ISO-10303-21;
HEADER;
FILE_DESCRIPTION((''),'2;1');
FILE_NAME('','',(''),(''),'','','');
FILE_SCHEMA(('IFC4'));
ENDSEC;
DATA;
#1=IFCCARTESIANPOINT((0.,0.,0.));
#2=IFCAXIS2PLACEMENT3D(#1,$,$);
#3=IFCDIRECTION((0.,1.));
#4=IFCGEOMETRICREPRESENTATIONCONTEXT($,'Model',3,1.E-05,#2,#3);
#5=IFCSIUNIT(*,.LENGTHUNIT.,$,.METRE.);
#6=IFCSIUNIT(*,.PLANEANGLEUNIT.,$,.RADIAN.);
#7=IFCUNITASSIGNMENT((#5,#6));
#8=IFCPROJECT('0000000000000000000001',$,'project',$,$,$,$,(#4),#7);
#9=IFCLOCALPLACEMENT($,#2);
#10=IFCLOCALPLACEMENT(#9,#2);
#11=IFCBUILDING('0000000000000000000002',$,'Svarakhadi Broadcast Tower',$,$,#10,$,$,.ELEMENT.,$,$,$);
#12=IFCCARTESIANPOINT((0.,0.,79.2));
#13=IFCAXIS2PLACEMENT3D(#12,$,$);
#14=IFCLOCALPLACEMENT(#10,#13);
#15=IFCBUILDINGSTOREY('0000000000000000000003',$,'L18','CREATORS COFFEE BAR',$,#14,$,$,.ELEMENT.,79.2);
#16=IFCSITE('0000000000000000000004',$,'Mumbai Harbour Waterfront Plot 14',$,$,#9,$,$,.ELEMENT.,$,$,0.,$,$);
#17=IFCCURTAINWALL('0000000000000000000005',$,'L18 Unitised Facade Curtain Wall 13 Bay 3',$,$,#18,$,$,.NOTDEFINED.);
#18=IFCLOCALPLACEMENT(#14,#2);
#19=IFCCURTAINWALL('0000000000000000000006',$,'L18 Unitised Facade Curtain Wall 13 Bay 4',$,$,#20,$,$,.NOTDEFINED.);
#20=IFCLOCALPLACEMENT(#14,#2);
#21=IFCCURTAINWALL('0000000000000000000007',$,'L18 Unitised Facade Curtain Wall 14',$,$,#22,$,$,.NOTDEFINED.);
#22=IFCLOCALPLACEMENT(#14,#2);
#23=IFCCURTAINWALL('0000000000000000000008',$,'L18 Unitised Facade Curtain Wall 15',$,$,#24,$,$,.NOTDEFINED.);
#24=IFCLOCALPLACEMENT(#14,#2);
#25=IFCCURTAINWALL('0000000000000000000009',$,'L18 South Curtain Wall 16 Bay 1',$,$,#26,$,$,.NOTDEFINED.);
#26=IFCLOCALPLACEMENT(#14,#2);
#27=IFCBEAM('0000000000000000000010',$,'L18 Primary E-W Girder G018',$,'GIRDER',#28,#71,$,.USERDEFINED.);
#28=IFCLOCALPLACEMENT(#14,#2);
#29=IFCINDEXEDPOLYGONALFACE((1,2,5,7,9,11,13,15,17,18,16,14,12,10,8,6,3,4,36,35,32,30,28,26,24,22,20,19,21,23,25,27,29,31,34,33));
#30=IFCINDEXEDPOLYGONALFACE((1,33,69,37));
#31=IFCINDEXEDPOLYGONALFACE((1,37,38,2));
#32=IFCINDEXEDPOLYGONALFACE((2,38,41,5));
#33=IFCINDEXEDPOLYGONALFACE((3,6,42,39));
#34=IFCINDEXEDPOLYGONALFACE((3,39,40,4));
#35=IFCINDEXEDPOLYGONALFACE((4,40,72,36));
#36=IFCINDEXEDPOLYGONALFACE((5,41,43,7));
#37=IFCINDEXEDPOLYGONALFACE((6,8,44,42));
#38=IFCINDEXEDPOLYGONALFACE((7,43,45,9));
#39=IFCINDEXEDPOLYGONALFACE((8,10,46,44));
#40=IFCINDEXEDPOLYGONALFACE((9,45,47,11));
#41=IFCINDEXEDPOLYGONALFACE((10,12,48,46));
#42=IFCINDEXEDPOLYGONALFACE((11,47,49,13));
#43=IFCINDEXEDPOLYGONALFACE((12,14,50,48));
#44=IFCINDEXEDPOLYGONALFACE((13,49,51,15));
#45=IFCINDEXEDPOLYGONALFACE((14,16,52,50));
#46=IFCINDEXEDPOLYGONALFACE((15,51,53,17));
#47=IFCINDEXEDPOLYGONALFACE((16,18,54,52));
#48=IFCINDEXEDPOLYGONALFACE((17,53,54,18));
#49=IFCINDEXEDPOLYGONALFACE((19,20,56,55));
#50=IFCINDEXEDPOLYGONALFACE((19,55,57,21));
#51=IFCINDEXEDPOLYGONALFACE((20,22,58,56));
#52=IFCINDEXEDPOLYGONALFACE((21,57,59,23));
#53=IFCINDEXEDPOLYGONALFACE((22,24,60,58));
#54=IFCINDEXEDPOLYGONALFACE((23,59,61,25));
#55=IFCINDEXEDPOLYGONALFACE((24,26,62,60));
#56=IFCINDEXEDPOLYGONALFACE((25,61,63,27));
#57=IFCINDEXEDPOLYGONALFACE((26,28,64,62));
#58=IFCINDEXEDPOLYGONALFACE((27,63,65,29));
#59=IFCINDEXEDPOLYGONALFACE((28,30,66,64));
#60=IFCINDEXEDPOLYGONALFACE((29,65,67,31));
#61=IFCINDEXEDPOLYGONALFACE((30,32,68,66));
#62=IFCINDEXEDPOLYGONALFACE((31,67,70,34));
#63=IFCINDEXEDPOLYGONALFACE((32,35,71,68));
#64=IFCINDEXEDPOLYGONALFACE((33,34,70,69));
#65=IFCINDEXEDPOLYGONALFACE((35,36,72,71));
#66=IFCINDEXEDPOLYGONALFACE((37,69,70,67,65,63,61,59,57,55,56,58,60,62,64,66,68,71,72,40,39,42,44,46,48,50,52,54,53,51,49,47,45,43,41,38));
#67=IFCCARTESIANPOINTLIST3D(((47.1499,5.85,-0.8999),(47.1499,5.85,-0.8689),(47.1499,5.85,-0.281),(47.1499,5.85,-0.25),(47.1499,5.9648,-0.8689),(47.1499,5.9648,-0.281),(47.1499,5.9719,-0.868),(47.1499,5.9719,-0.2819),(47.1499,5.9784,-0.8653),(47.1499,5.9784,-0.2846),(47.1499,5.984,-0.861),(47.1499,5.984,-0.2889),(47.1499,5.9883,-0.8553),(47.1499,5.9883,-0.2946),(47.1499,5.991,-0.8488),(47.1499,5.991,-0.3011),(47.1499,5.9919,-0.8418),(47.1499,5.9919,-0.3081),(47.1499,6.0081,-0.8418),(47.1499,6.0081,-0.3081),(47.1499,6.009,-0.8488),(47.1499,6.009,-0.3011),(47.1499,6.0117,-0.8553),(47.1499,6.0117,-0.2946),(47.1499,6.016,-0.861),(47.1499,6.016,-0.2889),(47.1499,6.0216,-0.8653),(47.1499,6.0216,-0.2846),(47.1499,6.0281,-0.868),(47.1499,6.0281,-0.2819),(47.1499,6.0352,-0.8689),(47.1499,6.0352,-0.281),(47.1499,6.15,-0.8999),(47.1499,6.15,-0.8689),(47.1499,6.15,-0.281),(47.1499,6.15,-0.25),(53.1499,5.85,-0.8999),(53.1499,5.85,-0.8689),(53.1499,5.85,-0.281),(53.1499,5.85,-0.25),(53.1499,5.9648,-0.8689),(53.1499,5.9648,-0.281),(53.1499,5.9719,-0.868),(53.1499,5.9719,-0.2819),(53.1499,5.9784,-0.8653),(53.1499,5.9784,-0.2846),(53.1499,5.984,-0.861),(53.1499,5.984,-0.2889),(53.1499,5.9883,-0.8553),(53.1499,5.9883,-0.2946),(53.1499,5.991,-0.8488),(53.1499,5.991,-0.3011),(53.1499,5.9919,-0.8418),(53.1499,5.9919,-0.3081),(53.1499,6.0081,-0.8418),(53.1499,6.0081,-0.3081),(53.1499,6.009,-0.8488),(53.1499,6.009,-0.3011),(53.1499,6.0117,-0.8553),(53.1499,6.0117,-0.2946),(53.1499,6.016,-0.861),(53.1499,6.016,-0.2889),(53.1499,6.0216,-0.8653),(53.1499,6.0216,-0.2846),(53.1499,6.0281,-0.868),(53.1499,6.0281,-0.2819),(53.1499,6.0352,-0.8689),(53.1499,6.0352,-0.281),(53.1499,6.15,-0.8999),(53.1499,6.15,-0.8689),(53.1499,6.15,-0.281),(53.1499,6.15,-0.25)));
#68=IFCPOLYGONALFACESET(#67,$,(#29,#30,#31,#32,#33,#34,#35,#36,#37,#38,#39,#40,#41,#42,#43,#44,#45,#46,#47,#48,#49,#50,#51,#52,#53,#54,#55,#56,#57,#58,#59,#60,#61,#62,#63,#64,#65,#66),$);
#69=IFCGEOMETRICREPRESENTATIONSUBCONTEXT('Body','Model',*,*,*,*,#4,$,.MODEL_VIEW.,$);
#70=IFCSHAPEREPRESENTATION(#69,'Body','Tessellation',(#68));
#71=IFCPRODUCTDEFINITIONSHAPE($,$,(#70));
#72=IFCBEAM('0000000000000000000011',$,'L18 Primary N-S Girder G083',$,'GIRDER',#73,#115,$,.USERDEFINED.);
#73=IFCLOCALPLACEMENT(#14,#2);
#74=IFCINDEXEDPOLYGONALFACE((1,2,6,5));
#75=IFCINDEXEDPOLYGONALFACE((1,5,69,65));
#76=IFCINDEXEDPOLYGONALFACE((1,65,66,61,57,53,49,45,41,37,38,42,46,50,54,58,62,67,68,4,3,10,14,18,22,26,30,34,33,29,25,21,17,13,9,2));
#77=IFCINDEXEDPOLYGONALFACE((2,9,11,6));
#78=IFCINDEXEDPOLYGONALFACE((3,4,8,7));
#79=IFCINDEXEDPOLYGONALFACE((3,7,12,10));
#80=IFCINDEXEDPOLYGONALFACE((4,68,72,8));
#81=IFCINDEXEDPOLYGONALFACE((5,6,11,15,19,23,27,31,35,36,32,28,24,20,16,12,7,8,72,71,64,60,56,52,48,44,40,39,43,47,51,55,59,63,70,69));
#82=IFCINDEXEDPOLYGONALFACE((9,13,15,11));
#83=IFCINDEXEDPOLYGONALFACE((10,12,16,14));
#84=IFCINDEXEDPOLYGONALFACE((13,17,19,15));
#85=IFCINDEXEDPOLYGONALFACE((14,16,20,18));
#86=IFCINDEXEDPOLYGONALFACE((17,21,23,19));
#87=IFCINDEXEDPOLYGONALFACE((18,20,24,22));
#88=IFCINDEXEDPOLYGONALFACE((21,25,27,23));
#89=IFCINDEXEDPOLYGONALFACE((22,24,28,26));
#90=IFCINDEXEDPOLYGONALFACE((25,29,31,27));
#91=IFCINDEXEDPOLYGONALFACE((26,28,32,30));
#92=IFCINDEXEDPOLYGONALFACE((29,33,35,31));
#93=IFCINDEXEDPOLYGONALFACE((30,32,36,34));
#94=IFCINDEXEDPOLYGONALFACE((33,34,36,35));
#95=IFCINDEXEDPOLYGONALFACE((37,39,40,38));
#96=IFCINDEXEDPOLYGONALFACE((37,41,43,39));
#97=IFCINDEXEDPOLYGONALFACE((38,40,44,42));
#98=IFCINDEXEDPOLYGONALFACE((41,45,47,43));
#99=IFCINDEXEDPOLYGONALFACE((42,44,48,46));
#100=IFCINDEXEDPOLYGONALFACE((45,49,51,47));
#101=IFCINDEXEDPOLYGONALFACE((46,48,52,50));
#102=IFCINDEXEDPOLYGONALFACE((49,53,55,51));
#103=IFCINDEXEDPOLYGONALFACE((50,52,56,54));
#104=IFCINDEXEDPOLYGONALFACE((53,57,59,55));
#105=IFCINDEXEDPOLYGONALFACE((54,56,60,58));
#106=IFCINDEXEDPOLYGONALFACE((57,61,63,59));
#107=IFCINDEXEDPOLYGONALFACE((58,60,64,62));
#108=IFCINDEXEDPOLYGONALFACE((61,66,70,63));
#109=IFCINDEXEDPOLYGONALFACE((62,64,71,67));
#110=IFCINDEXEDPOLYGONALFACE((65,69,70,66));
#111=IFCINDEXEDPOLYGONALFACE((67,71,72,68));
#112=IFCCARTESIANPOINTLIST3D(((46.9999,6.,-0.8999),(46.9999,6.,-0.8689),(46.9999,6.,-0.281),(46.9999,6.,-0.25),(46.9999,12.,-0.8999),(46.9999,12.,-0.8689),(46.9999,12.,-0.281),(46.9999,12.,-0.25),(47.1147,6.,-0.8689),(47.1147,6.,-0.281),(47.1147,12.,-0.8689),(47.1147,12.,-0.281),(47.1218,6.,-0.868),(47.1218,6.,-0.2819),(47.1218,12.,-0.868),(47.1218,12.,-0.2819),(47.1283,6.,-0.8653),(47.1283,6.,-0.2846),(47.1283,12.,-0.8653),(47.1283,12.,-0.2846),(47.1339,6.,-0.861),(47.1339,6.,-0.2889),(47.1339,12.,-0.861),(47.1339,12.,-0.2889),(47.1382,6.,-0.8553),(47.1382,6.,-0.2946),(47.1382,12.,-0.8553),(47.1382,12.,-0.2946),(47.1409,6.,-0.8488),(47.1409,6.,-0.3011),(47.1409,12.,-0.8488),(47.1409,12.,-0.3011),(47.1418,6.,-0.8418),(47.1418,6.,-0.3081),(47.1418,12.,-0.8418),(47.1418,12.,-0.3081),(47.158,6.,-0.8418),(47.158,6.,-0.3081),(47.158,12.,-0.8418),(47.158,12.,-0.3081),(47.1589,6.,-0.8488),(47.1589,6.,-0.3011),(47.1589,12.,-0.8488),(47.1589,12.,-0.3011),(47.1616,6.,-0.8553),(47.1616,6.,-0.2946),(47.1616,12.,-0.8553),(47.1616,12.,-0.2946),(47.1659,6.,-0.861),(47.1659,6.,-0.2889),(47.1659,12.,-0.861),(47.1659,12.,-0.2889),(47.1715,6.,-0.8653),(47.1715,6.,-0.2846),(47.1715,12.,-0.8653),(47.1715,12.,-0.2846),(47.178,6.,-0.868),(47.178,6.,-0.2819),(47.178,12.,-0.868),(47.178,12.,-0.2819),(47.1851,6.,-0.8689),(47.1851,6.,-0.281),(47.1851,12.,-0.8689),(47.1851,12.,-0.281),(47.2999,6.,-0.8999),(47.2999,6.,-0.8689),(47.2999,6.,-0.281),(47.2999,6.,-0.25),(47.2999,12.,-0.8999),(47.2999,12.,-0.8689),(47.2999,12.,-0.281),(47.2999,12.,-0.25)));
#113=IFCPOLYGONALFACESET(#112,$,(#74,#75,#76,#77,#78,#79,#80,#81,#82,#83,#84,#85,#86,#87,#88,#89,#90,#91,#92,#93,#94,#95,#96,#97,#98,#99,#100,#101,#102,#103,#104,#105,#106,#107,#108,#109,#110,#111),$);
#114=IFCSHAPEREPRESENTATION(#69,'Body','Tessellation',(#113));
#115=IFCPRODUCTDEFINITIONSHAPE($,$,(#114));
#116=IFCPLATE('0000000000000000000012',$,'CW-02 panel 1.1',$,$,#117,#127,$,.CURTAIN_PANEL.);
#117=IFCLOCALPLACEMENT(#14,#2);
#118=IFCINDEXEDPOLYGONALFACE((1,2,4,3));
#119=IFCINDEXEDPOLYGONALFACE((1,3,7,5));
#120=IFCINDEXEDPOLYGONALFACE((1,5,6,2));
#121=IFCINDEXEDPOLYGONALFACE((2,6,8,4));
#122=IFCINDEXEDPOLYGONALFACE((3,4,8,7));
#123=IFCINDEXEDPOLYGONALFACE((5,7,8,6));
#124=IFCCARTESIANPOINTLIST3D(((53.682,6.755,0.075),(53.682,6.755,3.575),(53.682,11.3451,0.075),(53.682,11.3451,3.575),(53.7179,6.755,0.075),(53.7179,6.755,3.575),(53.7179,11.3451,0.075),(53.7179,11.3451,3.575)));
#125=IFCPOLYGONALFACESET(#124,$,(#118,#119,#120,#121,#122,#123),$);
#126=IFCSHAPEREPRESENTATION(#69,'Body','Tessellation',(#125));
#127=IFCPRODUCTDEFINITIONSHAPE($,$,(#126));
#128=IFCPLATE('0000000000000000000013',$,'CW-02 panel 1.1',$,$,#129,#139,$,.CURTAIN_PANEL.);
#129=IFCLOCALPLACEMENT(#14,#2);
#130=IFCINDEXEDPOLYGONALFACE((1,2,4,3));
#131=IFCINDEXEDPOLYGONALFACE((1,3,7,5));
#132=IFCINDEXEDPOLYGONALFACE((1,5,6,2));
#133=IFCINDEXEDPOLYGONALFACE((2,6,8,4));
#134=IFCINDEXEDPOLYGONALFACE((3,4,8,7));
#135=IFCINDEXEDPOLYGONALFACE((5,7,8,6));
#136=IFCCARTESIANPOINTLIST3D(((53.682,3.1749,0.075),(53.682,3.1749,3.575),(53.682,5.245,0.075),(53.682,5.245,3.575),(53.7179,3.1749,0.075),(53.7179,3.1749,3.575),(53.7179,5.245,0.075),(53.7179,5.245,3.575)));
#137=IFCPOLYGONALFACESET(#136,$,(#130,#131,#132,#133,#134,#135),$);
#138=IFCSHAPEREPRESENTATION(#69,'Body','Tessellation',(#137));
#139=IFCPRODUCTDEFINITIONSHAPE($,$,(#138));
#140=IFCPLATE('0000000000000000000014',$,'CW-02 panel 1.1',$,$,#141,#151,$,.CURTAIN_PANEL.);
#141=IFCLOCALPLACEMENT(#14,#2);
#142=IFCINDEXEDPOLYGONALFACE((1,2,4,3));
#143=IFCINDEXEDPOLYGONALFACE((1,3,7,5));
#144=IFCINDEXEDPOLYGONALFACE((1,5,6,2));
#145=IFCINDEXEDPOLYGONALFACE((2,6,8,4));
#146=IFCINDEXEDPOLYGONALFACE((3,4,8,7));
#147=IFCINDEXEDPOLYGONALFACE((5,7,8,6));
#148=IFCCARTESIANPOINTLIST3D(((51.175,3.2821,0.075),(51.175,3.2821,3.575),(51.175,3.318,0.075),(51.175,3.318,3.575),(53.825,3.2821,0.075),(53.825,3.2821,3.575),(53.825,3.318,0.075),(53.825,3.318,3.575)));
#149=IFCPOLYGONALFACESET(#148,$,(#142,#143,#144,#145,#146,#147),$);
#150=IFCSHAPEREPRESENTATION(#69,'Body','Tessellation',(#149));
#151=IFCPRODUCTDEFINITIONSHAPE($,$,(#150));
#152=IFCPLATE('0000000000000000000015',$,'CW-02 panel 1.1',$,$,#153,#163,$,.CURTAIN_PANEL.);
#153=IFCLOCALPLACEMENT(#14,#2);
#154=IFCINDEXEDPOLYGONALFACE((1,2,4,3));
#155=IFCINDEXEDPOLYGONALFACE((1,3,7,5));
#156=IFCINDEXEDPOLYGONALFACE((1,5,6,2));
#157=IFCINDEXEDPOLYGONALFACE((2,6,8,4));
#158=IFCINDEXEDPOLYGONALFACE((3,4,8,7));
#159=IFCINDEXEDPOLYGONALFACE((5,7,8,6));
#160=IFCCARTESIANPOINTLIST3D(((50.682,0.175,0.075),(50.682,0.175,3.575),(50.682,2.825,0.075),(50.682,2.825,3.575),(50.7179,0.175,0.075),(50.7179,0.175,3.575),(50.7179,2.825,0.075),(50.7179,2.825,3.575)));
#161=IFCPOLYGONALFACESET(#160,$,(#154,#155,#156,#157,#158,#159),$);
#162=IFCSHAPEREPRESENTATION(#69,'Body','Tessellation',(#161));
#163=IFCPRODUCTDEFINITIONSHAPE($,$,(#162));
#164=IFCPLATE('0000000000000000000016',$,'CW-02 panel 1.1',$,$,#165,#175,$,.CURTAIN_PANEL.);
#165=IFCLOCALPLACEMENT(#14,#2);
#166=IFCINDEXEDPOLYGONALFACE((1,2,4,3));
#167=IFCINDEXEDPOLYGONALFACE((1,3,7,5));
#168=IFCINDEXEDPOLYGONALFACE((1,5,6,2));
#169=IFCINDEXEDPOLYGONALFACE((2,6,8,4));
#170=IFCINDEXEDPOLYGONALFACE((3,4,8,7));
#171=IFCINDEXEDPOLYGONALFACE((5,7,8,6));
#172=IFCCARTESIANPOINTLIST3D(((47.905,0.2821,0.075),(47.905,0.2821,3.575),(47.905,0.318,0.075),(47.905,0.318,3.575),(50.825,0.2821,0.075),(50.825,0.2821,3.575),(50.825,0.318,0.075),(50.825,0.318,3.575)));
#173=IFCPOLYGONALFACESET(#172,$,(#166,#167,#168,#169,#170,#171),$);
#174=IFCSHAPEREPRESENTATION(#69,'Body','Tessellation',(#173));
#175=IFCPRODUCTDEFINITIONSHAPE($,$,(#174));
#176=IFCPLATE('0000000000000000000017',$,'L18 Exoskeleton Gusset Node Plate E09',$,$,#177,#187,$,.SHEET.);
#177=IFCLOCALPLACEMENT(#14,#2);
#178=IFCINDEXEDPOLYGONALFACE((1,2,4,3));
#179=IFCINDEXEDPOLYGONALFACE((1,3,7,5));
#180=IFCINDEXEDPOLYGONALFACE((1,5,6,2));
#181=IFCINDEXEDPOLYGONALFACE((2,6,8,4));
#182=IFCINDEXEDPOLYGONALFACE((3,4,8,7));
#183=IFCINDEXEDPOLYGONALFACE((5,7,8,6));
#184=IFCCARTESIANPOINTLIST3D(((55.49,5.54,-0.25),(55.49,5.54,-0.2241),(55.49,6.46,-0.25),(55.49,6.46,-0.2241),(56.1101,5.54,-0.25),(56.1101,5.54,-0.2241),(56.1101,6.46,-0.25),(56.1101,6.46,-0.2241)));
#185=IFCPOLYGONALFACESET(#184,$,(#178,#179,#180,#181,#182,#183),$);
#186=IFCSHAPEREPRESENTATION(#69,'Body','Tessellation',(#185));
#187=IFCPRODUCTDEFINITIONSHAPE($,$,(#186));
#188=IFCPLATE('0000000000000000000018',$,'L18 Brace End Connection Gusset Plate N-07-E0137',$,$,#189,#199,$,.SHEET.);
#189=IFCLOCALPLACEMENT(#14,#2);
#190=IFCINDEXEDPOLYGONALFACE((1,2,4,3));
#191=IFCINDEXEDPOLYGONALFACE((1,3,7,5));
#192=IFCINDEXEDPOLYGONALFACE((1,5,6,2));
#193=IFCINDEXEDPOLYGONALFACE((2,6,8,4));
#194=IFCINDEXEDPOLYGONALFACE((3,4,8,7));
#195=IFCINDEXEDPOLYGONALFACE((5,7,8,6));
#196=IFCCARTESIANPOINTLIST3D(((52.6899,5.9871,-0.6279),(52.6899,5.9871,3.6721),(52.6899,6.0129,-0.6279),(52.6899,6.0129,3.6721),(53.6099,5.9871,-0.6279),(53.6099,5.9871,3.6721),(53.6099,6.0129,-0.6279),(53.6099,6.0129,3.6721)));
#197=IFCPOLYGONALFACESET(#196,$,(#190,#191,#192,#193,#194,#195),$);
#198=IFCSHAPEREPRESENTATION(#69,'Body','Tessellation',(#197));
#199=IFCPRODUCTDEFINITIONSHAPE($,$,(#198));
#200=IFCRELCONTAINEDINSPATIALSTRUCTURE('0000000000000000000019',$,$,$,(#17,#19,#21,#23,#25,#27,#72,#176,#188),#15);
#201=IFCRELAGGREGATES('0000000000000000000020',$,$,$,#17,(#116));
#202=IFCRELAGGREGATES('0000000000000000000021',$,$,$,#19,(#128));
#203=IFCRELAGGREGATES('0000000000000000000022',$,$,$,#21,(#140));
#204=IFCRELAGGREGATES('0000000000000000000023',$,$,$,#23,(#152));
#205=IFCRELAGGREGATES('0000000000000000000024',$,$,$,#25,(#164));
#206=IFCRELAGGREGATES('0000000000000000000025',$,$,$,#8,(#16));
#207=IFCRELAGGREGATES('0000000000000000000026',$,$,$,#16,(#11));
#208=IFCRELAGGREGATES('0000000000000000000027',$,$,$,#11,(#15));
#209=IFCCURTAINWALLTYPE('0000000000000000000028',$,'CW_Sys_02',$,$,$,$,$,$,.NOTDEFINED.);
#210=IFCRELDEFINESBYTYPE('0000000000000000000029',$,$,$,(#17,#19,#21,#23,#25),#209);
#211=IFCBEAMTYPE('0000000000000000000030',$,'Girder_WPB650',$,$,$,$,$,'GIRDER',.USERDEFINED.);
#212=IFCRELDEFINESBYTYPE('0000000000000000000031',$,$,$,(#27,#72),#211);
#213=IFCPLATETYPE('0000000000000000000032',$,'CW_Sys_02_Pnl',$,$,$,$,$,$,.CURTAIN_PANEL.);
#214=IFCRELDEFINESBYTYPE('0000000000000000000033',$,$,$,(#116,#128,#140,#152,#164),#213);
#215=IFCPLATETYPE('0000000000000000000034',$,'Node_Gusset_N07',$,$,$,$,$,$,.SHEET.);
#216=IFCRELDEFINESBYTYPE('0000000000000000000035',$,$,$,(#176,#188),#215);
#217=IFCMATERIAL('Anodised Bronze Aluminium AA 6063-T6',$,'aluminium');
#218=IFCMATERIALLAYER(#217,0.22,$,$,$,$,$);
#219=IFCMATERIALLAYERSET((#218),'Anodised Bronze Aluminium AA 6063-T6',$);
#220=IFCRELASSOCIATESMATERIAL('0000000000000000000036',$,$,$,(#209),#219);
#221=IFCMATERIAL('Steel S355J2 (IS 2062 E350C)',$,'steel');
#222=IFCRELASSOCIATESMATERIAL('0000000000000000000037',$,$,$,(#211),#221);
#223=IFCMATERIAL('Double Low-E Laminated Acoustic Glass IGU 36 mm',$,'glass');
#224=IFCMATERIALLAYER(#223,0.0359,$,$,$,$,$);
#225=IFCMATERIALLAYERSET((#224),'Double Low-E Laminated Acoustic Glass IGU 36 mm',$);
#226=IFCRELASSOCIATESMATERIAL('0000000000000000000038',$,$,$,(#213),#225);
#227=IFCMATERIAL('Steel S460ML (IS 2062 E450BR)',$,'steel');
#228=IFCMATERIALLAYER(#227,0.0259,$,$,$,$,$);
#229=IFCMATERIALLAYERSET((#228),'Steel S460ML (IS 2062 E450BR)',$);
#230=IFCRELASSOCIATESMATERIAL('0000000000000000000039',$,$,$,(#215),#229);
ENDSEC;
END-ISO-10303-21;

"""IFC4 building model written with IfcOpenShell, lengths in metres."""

from ifc_helpers import new_model, si_unit, direction, frame, origin, origin_2d, place, context, subcontext, project, spatial, rectangle, i_section, extrude, material, layer, layer_set, material_profile, profile_set, type_object, element, aggregate, save


model = new_model("IFC4")

# Units and contexts
model_context = context("Model", 3, precision=1e-05, world=origin(), true_north=direction((0.0, 1.0)))
body_context = subcontext(model_context, "Body", "Model", "MODEL_VIEW")
ifc_project = project(units=[si_unit("LENGTHUNIT", "METRE"), si_unit("PLANEANGLEUNIT", "RADIAN")], contexts=[model_context])

# Site, building, storey
site_placement = place(None, origin())
site = spatial("IfcSite", under=ifc_project, at=site_placement, Name="Mumbai Harbour Waterfront Plot 14", CompositionType="ELEMENT", RefElevation=0.0)
building_placement = place(site_placement, origin())
building = spatial("IfcBuilding", under=site, at=building_placement, Name="Svarakhadi Broadcast Tower", CompositionType="ELEMENT")
storey_placement = place(building_placement, frame((0.0, 0.0, 79.2)))
storey = spatial("IfcBuildingStorey", under=building, at=storey_placement, Name="L18", Description="CREATORS COFFEE BAR", CompositionType="ELEMENT", Elevation=79.2)

# Shared definitions
ifc_material_1 = material(Name="Steel S460ML (IS 2062 E450BR)", Category="steel")

# Curtain walls
ifc_material_2 = material(Name="Anodised Bronze Aluminium AA 6063-T6", Category="aluminium")
ifc_layer_1 = layer(ifc_material_2, 0.22)
ifc_layer_set_1 = layer_set([ifc_layer_1], Name="Anodised Bronze Aluminium AA 6063-T6")
curtain_wall_type = type_object("IfcCurtainWallType", Name="CW_Sys_02", PredefinedType="NOTDEFINED", material=ifc_layer_set_1)
curtain_wall_1_placement = place(storey_placement, origin())
curtain_wall_1 = element("IfcCurtainWall", 1, at=curtain_wall_1_placement, inside=storey, type_object=curtain_wall_type, Name="L18 Unitised Facade Curtain Wall 13 Bay 3", PredefinedType="NOTDEFINED")
curtain_wall_2_placement = place(storey_placement, origin())
curtain_wall_2 = element("IfcCurtainWall", 2, at=curtain_wall_2_placement, inside=storey, type_object=curtain_wall_type, Name="L18 Unitised Facade Curtain Wall 13 Bay 4", PredefinedType="NOTDEFINED")
curtain_wall_3_placement = place(storey_placement, origin())
curtain_wall_3 = element("IfcCurtainWall", 3, at=curtain_wall_3_placement, inside=storey, type_object=curtain_wall_type, Name="L18 Unitised Facade Curtain Wall 14", PredefinedType="NOTDEFINED")
curtain_wall_4_placement = place(storey_placement, origin())
curtain_wall_4 = element("IfcCurtainWall", 4, at=curtain_wall_4_placement, inside=storey, type_object=curtain_wall_type, Name="L18 Unitised Facade Curtain Wall 15", PredefinedType="NOTDEFINED")
curtain_wall_5_placement = place(storey_placement, origin())
curtain_wall_5 = element("IfcCurtainWall", 5, at=curtain_wall_5_placement, inside=storey, type_object=curtain_wall_type, Name="L18 South Curtain Wall 16 Bay 1", PredefinedType="NOTDEFINED")

# Beams
ifc_material_3 = material(Name="Steel S355J2 (IS 2062 E350C)", Category="steel")
ifc_material_profile_1 = material_profile(ifc_material_3, i_section(OverallWidth=0.3, OverallDepth=0.6499, WebThickness=0.0161, FlangeThickness=0.031, FilletRadius=0.0271, at=origin_2d()), Name="WPB 650x300x225")
ifc_profile_set_1 = profile_set([ifc_material_profile_1], Name="Steel S355J2 (IS 2062 E350C)")
beam_type = type_object("IfcBeamType", Name="Girder_WPB650", ElementType="GIRDER", PredefinedType="USERDEFINED", material=ifc_profile_set_1)
for number, where, z_axis, x_axis, name in (
    (6, (47.1499, 6.0, -0.575), (1.0, 0.0, 0.0), (0.0, 1.0, 0.0), "L18 Primary E-W Girder G018"),
    (7, (47.1499, 6.0, -0.575), (0.0, 1.0, 0.0), (-1.0, 0.0, 0.0), "L18 Primary N-S Girder G083"),
):
    element("IfcBeam", number, at=place(storey_placement, frame(where, z_axis=z_axis, x_axis=x_axis)), inside=storey, type_object=beam_type, Name=name, ObjectType="GIRDER", PredefinedType="USERDEFINED", context=body_context, shape_type="SweptSolid", body=[
        extrude(i_section(OverallWidth=0.3, OverallDepth=0.6499, WebThickness=0.0161, FlangeThickness=0.031, FilletRadius=0.0271, at=origin_2d()), origin(), (0.0, 0.0, 1.0), 6.0),
    ])

# Plates
ifc_material_4 = material(Name="Double Low-E Laminated Acoustic Glass IGU 36 mm", Category="glass")
ifc_layer_2 = layer(ifc_material_4, 0.0359)
ifc_layer_set_2 = layer_set([ifc_layer_2], Name="Double Low-E Laminated Acoustic Glass IGU 36 mm")
plate_type_1 = type_object("IfcPlateType", Name="CW_Sys_02_Pnl", PredefinedType="CURTAIN_PANEL", material=ifc_layer_set_2)
plate_1_placement = place(storey_placement, frame((53.7, 9.05, 0.075), z_axis=(0.0, 0.0, 1.0), x_axis=(0.0, -1.0, 0.0)))
plate_1 = element("IfcPlate", 8, at=plate_1_placement, type_object=plate_type_1, Name="CW-02 panel 1.1", PredefinedType="CURTAIN_PANEL", context=body_context, shape_type="SweptSolid", body=[
    extrude(rectangle(XDim=4.5901, YDim=0.0359, at=origin_2d()), origin(), (0.0, 0.0, 1.0), 3.5),
])
aggregate(curtain_wall_1, [plate_1])
plate_2_placement = place(storey_placement, frame((53.7, 4.21, 0.075), z_axis=(0.0, 0.0, 1.0), x_axis=(0.0, -1.0, 0.0)))
plate_2 = element("IfcPlate", 9, at=plate_2_placement, type_object=plate_type_1, Name="CW-02 panel 1.1", PredefinedType="CURTAIN_PANEL", context=body_context, shape_type="SweptSolid", body=[
    extrude(rectangle(XDim=2.0701, YDim=0.0359, at=origin_2d()), origin(), (0.0, 0.0, 1.0), 3.5),
])
aggregate(curtain_wall_2, [plate_2])
plate_3_placement = place(storey_placement, frame((52.5, 3.3, 0.075), z_axis=(0.0, 0.0, 1.0), x_axis=(-1.0, 0.0, 0.0)))
plate_3 = element("IfcPlate", 10, at=plate_3_placement, type_object=plate_type_1, Name="CW-02 panel 1.1", PredefinedType="CURTAIN_PANEL", context=body_context, shape_type="SweptSolid", body=[
    extrude(rectangle(XDim=2.6499, YDim=0.0359, at=origin_2d()), origin(), (0.0, 0.0, 1.0), 3.5),
])
aggregate(curtain_wall_3, [plate_3])
plate_4_placement = place(storey_placement, frame((50.7, 1.5, 0.075), z_axis=(0.0, 0.0, 1.0), x_axis=(0.0, -1.0, 0.0)))
plate_4 = element("IfcPlate", 11, at=plate_4_placement, type_object=plate_type_1, Name="CW-02 panel 1.1", PredefinedType="CURTAIN_PANEL", context=body_context, shape_type="SweptSolid", body=[
    extrude(rectangle(XDim=2.6499, YDim=0.0359, at=origin_2d()), origin(), (0.0, 0.0, 1.0), 3.5),
])
aggregate(curtain_wall_4, [plate_4])
plate_5_placement = place(storey_placement, frame((49.365, 0.3, 0.075), z_axis=(0.0, 0.0, 1.0), x_axis=(-1.0, 0.0, 0.0)))
plate_5 = element("IfcPlate", 12, at=plate_5_placement, type_object=plate_type_1, Name="CW-02 panel 1.1", PredefinedType="CURTAIN_PANEL", context=body_context, shape_type="SweptSolid", body=[
    extrude(rectangle(XDim=2.9199, YDim=0.0359, at=origin_2d()), origin(), (0.0, 0.0, 1.0), 3.5),
])
aggregate(curtain_wall_5, [plate_5])

# Plates
ifc_layer_3 = layer(ifc_material_1, 0.0259)
ifc_layer_set_3 = layer_set([ifc_layer_3], Name="Steel S460ML (IS 2062 E450BR)")
plate_type_2 = type_object("IfcPlateType", Name="Node_Gusset_N07", PredefinedType="SHEET", material=ifc_layer_set_3)
plate_6_placement = place(storey_placement, frame((55.8, 6.0, -0.25), z_axis=(0.0, 0.0, 1.0), x_axis=(0.0, 1.0, 0.0)))
element("IfcPlate", 13, at=plate_6_placement, inside=storey, type_object=plate_type_2, Name="L18 Exoskeleton Gusset Node Plate E09", PredefinedType="SHEET", context=body_context, shape_type="SweptSolid", body=[
    extrude(rectangle(XDim=0.9199, YDim=0.6201, at=origin_2d()), origin(), (0.0, 0.0, 1.0), 0.0259),
])
plate_7_placement = place(storey_placement, frame((53.1499, 6.0, -0.6279), z_axis=(0.0, 0.0, 1.0), x_axis=(1.0, 0.0, 0.0)))
element("IfcPlate", 14, at=plate_7_placement, inside=storey, type_object=plate_type_2, Name="L18 Brace End Connection Gusset Plate N-07-E0137", PredefinedType="SHEET", context=body_context, shape_type="SweptSolid", body=[
    extrude(rectangle(XDim=0.9199, YDim=0.0259, at=origin_2d()), origin(), (0.0, 0.0, 1.0), 4.3),
])

save(model, "model.ifc")
